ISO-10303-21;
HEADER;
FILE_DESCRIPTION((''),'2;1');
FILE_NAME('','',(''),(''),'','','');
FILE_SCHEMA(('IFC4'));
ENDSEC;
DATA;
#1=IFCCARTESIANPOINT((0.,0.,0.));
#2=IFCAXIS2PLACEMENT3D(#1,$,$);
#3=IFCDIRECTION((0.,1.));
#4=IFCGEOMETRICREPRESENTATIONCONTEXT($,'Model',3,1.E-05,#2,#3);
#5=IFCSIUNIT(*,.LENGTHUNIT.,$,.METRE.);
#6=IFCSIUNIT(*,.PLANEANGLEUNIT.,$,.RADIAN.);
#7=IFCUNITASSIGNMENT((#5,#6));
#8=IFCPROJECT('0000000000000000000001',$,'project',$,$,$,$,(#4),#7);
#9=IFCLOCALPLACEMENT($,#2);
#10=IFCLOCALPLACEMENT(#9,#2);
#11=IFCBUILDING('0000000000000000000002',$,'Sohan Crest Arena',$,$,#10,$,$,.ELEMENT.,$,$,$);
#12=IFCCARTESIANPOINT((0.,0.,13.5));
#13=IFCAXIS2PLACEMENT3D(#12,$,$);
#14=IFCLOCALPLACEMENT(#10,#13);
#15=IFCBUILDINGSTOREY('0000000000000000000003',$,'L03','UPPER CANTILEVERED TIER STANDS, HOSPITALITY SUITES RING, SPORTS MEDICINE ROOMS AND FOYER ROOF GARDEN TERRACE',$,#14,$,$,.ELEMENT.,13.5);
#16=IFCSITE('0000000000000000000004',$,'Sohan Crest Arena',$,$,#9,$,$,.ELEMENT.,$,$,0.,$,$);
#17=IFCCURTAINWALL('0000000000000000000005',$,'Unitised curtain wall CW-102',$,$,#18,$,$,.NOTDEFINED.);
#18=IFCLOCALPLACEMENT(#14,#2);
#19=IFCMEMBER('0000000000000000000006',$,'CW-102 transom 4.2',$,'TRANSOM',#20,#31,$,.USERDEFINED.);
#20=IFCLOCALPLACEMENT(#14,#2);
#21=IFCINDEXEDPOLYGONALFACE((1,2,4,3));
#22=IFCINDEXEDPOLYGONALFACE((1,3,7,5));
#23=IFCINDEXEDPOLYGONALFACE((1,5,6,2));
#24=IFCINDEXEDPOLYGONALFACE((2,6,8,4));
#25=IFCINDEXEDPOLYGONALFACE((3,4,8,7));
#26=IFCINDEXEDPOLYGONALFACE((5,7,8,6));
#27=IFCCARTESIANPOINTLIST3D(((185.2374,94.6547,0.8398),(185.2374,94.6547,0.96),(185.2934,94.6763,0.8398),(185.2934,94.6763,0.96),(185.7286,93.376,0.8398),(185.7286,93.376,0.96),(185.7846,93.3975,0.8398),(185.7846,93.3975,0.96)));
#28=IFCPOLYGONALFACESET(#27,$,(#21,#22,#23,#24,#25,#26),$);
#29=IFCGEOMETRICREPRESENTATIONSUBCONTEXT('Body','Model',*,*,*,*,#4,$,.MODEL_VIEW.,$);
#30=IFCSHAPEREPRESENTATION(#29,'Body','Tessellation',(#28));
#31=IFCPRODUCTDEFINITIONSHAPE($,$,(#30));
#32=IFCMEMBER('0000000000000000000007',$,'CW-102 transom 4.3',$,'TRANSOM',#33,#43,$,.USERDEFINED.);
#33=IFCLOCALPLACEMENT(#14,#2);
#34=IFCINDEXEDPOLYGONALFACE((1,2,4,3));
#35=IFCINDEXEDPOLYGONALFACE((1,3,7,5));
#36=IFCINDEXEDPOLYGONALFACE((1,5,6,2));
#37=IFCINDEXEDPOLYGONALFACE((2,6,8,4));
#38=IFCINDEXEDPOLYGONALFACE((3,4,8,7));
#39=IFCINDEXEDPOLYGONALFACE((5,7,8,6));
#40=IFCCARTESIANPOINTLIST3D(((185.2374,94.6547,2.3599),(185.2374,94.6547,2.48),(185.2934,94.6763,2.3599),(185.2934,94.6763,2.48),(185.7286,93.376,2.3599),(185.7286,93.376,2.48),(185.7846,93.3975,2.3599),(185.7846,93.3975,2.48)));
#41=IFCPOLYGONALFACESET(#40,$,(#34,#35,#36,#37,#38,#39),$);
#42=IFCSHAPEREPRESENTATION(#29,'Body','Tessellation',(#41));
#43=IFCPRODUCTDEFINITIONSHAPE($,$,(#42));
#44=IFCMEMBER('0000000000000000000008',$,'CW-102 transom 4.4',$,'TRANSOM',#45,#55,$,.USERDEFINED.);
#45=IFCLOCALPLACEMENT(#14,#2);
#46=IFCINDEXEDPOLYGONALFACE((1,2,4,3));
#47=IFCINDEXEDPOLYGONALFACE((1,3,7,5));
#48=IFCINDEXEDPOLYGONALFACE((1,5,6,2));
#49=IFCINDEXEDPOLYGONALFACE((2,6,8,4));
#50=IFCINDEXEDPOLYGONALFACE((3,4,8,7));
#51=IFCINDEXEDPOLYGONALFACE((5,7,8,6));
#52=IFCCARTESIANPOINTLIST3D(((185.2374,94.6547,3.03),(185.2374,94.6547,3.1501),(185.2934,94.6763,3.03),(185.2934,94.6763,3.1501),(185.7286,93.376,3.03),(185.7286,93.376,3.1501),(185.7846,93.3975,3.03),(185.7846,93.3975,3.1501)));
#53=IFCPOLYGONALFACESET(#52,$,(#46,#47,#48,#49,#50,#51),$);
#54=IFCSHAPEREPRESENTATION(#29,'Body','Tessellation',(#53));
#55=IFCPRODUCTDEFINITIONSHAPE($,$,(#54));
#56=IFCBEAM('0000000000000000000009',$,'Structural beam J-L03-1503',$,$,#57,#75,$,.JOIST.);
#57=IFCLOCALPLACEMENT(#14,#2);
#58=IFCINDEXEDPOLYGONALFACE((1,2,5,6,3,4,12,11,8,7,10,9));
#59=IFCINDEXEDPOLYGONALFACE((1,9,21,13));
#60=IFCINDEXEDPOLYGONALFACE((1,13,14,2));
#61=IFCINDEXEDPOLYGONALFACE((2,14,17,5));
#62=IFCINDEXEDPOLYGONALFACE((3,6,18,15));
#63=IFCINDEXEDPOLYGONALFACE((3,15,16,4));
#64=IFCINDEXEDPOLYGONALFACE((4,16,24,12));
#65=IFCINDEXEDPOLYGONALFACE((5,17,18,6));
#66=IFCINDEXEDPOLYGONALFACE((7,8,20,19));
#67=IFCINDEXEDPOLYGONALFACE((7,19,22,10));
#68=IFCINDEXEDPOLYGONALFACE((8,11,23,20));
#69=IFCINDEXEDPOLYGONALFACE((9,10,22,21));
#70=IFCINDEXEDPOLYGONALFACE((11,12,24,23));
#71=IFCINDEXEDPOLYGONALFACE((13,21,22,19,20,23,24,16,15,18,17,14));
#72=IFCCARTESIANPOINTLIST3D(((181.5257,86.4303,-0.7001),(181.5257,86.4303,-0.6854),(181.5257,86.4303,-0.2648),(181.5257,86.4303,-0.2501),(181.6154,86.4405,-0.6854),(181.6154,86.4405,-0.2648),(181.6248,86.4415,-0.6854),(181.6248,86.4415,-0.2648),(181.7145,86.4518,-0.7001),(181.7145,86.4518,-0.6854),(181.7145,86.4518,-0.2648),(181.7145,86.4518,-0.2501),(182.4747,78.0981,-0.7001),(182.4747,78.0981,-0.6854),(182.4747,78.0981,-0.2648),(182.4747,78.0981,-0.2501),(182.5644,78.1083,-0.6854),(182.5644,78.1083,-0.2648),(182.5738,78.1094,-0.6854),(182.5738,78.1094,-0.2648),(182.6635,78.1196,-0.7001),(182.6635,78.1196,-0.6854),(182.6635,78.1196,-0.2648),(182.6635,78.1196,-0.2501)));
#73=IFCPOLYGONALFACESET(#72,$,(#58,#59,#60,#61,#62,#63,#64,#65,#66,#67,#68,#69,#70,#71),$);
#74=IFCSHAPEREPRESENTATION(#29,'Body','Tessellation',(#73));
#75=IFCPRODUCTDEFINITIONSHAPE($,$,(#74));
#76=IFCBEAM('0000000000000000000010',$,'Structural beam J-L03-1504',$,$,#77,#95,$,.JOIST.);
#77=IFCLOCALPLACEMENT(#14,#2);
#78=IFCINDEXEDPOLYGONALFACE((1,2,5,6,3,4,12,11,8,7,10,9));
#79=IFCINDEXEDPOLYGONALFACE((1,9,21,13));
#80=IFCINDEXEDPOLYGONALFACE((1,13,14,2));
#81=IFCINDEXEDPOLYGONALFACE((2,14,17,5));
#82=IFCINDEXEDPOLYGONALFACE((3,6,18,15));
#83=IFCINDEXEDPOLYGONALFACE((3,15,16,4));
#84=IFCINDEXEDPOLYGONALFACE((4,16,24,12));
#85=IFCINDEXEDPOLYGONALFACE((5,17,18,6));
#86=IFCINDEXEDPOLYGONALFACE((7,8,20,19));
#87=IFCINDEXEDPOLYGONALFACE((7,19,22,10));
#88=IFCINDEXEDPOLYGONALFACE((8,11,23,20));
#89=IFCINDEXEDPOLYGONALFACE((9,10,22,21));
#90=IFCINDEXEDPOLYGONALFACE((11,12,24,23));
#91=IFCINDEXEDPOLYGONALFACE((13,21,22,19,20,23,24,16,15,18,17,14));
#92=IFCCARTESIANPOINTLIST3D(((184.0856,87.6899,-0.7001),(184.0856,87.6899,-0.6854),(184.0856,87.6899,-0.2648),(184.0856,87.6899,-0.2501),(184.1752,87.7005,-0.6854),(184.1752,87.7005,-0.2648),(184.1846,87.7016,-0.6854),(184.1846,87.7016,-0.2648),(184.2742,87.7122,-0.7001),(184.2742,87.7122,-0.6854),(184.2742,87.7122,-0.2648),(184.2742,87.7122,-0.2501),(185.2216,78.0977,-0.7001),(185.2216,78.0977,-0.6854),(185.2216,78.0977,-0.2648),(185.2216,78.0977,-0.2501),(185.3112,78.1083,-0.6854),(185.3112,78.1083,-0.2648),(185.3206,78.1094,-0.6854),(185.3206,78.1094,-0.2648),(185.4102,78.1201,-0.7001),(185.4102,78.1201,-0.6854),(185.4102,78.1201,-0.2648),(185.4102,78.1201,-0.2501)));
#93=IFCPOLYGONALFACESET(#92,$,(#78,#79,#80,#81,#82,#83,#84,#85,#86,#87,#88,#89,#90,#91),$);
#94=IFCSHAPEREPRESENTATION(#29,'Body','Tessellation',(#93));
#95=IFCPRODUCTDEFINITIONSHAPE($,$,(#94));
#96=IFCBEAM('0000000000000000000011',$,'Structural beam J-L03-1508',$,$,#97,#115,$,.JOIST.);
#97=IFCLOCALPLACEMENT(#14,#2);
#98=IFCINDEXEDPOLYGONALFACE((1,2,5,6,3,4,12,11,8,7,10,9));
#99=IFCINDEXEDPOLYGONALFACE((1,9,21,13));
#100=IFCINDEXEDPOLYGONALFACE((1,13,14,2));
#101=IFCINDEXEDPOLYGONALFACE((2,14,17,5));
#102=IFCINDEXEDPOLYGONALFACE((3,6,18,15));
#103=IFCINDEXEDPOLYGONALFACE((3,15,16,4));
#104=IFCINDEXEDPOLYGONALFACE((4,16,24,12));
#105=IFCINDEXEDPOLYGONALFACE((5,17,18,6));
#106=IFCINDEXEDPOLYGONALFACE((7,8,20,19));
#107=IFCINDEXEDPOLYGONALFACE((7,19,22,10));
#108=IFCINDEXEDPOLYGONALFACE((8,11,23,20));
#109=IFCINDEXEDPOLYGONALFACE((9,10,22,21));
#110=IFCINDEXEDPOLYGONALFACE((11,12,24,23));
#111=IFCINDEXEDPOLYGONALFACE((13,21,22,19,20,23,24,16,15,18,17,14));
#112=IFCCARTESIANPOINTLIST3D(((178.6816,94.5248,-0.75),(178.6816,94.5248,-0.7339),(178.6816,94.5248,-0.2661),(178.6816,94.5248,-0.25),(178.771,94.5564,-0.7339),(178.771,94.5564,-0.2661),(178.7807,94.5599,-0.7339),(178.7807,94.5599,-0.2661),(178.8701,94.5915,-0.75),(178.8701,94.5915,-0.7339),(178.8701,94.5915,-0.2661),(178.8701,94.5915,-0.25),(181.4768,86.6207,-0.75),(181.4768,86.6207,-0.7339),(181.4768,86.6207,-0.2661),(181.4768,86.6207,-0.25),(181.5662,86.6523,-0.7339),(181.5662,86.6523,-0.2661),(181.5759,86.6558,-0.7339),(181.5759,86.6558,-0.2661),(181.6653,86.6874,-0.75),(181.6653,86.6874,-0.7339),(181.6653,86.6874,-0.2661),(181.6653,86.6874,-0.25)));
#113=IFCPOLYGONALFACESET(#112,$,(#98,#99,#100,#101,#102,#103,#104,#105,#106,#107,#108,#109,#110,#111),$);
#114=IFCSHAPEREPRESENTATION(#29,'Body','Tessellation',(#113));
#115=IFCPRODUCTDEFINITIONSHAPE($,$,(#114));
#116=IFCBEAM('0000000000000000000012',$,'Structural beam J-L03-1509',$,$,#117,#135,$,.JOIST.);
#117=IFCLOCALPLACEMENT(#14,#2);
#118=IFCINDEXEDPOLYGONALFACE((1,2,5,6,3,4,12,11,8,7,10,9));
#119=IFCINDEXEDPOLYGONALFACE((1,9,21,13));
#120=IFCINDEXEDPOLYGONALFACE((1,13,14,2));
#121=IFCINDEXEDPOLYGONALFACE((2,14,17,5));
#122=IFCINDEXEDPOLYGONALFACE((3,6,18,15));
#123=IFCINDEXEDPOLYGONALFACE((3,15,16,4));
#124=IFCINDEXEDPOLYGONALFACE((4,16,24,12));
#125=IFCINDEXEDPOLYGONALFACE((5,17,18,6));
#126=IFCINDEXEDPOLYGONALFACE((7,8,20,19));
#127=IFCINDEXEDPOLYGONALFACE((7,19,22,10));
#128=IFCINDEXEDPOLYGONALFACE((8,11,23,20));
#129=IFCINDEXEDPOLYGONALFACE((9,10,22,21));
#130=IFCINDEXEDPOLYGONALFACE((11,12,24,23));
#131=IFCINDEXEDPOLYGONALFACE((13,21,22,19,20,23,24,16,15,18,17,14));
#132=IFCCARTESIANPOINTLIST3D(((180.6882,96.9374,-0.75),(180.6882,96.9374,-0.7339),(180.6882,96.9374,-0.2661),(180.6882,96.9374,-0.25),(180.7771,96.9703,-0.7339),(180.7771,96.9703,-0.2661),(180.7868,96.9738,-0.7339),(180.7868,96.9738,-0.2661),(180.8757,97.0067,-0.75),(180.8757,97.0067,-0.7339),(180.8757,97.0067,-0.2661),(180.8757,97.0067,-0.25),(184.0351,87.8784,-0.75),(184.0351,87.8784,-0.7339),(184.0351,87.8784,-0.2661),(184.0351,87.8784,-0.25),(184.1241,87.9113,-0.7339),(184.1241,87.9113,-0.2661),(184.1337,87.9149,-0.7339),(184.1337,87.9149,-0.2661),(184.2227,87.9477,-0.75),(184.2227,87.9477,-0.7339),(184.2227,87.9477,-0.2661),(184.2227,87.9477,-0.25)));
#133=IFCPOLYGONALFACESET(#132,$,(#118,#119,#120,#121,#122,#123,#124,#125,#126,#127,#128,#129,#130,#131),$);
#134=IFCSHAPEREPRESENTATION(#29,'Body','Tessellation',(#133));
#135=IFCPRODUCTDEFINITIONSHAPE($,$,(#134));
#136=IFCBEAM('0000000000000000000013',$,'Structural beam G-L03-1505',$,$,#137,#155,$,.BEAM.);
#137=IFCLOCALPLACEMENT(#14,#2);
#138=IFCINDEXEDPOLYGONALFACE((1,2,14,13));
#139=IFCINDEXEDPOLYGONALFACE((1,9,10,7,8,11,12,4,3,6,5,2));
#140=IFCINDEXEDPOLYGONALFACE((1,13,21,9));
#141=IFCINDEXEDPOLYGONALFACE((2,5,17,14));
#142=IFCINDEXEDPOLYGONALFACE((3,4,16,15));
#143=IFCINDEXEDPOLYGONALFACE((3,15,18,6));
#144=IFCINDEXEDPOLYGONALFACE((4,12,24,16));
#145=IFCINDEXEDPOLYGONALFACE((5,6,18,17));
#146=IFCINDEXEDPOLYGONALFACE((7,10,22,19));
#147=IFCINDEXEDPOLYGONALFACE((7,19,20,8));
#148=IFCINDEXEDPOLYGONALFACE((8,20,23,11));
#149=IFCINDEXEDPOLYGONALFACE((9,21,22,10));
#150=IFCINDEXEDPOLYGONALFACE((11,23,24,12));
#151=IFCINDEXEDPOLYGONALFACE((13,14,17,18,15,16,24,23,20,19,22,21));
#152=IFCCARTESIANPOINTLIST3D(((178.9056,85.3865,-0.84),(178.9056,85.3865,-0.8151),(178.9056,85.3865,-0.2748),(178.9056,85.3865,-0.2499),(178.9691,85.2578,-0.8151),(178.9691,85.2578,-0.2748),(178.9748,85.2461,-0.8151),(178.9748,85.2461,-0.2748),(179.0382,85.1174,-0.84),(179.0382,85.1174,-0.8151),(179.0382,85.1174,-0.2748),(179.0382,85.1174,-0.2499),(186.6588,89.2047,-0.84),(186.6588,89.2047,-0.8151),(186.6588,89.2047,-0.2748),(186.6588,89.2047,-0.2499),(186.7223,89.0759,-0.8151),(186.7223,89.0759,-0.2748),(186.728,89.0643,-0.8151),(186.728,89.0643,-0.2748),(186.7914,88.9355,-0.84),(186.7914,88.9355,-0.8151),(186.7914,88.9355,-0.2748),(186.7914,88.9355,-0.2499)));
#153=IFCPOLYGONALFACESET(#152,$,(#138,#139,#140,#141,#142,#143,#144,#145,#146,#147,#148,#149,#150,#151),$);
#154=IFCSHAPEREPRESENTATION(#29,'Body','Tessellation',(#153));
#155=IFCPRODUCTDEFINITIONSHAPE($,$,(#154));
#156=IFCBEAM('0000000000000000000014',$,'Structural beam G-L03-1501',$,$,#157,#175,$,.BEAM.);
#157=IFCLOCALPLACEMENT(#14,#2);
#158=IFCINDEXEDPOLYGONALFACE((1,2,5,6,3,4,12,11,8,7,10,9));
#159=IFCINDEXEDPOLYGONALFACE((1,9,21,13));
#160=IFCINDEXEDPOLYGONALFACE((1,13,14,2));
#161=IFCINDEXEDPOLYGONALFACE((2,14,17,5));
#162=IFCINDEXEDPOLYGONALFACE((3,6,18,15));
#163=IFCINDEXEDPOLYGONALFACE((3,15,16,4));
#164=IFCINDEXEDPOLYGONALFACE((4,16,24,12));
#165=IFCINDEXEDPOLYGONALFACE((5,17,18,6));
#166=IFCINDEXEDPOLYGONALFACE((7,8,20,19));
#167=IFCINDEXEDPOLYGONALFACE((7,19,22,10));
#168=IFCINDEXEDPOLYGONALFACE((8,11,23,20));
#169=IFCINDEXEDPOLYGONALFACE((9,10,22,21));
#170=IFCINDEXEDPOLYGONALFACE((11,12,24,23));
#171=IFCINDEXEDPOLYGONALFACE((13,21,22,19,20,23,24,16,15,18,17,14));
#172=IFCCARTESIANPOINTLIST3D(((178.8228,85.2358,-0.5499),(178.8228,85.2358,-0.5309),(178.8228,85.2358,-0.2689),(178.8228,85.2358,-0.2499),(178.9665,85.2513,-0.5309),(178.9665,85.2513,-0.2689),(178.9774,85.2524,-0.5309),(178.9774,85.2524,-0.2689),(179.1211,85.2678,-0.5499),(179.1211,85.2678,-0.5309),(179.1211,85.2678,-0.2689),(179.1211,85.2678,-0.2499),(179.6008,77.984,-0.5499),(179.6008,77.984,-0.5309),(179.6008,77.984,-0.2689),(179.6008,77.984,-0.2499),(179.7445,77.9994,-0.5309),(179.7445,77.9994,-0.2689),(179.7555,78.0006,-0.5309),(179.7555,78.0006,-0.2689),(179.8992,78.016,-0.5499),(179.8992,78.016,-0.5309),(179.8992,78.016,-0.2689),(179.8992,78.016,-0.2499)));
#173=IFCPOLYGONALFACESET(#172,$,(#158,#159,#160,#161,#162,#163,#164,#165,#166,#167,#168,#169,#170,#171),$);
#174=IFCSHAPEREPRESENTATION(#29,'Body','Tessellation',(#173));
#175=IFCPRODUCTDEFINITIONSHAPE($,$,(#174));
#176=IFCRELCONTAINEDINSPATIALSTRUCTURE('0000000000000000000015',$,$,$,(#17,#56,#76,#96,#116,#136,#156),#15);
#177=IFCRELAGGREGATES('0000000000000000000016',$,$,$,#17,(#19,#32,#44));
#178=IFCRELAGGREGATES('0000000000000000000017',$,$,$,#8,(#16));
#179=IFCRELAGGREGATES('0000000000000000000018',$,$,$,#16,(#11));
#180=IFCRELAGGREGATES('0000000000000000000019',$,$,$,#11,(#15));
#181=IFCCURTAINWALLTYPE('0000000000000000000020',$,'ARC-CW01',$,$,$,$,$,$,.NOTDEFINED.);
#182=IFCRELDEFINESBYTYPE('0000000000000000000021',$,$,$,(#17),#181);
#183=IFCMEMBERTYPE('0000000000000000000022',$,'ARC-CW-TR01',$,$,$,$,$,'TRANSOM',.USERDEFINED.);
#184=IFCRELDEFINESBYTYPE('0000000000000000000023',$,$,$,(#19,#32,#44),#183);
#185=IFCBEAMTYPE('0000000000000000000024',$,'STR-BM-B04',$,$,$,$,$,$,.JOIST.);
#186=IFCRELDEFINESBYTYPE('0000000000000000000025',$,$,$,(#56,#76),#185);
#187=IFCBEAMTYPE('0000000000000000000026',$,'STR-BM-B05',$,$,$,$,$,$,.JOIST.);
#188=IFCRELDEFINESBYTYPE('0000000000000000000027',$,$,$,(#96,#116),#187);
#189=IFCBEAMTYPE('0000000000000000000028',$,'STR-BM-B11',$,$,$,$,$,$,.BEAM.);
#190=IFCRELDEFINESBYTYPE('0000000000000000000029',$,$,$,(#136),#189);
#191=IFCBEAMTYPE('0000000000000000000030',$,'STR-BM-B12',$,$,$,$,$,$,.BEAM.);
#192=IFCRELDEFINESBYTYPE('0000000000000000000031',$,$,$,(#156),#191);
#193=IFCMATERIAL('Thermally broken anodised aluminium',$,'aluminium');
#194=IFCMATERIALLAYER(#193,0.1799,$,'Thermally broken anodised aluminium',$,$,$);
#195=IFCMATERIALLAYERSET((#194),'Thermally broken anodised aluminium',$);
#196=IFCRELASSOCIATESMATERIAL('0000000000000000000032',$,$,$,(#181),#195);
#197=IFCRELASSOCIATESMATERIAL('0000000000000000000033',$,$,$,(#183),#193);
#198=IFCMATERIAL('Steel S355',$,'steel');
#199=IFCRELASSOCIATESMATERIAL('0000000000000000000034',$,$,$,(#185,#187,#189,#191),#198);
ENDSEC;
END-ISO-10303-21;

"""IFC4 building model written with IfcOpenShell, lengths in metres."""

from ifc_helpers import new_model, si_unit, direction, frame, origin, origin_2d, place, context, subcontext, project, spatial, rectangle, i_section, extrude, material, layer, layer_set, material_profile, profile_set, type_object, element, aggregate, save


model = new_model("IFC4")

# Units and contexts
model_context = context("Model", 3, precision=1e-05, world=origin(), true_north=direction((0.0, 1.0)))
body_context = subcontext(model_context, "Body", "Model", "MODEL_VIEW")
ifc_project = project(units=[si_unit("LENGTHUNIT", "METRE"), si_unit("PLANEANGLEUNIT", "RADIAN")], contexts=[model_context])

# Site, building, storey
site_placement = place(None, origin())
site = spatial("IfcSite", under=ifc_project, at=site_placement, Name="Sohan Crest Arena", CompositionType="ELEMENT", RefElevation=0.0)
building_placement = place(site_placement, origin())
building = spatial("IfcBuilding", under=site, at=building_placement, Name="Sohan Crest Arena", CompositionType="ELEMENT")
storey_placement = place(building_placement, frame((0.0, 0.0, 13.5)))
storey = spatial("IfcBuildingStorey", under=building, at=storey_placement, Name="L03", Description="UPPER CANTILEVERED TIER STANDS, HOSPITALITY SUITES RING, SPORTS MEDICINE ROOMS AND FOYER ROOF GARDEN TERRACE", CompositionType="ELEMENT", Elevation=13.5)

# Shared definitions
ifc_material_1 = material(Name="Steel S355", Category="steel")

# Curtain wall, members
ifc_material_2 = material(Name="Thermally broken anodised aluminium", Category="aluminium")
ifc_layer_1 = layer(ifc_material_2, 0.1799, Name="Thermally broken anodised aluminium")
ifc_layer_set_1 = layer_set([ifc_layer_1], Name="Thermally broken anodised aluminium")
curtain_wall_type = type_object("IfcCurtainWallType", Name="ARC-CW01", PredefinedType="NOTDEFINED", material=ifc_layer_set_1)
curtain_wall_placement = place(storey_placement, origin())
curtain_wall = element("IfcCurtainWall", 1, at=curtain_wall_placement, inside=storey, type_object=curtain_wall_type, Name="Unitised curtain wall CW-102", PredefinedType="NOTDEFINED")
ifc_material_profile_1 = material_profile(ifc_material_2, rectangle(XDim=0.0601, YDim=0.1201, at=origin_2d()), Name="ALU-TRAN 60x120")
ifc_profile_set_1 = profile_set([ifc_material_profile_1], Name="Thermally broken anodised aluminium")
member_type_1 = type_object("IfcMemberType", Name="ARC-CW-TR01", ElementType="TRANSOM", PredefinedType="USERDEFINED", material=ifc_profile_set_1)
member_1_placement = place(storey_placement, frame((185.7566, 93.3867, 0.8999), z_axis=(-0.358573, 0.933502, 0.0), x_axis=(-0.933502, -0.358573, 0.0)))
member_1 = element("IfcMember", 2, at=member_1_placement, type_object=member_type_1, Name="CW-102 transom 4.2", ObjectType="TRANSOM", PredefinedType="USERDEFINED", context=body_context, shape_type="SweptSolid", body=[
    extrude(rectangle(XDim=0.0601, YDim=0.1201, at=origin_2d()), origin(), (0.0, 0.0, 1.0), 1.3699),
])
member_2_placement = place(storey_placement, frame((185.7566, 93.3867, 2.4199), z_axis=(-0.358573, 0.933502, 0.0), x_axis=(-0.933502, -0.358573, 0.0)))
member_2 = element("IfcMember", 3, at=member_2_placement, type_object=member_type_1, Name="CW-102 transom 4.3", ObjectType="TRANSOM", PredefinedType="USERDEFINED", context=body_context, shape_type="SweptSolid", body=[
    extrude(rectangle(XDim=0.0601, YDim=0.1201, at=origin_2d()), origin(), (0.0, 0.0, 1.0), 1.3699),
])
member_3_placement = place(storey_placement, frame((185.7566, 93.3867, 3.0901), z_axis=(-0.358573, 0.933502, 0.0), x_axis=(-0.933502, -0.358573, 0.0)))
member_3 = element("IfcMember", 4, at=member_3_placement, type_object=member_type_1, Name="CW-102 transom 4.4", ObjectType="TRANSOM", PredefinedType="USERDEFINED", context=body_context, shape_type="SweptSolid", body=[
    extrude(rectangle(XDim=0.0601, YDim=0.1201, at=origin_2d()), origin(), (0.0, 0.0, 1.0), 1.3699),
])

# Beams
ifc_material_profile_2 = material_profile(ifc_material_1, i_section(OverallWidth=0.1899, OverallDepth=0.45, WebThickness=0.0095, FlangeThickness=0.0146, at=origin_2d()), Name="IPE 450")
ifc_profile_set_2 = profile_set([ifc_material_profile_2], Name="Steel S355")
beam_type_1 = type_object("IfcBeamType", Name="STR-BM-B04", PredefinedType="JOIST", material=ifc_profile_set_2)
beam_1_placement = place(storey_placement, frame((182.5691, 78.1089, -0.4751), z_axis=(-0.113163, 0.993576, 0.0), x_axis=(-0.993576, -0.113163, 0.0)))
element("IfcBeam", 5, at=beam_1_placement, inside=storey, type_object=beam_type_1, Name="Structural beam J-L03-1503", PredefinedType="JOIST", context=body_context, shape_type="SweptSolid", body=[
    extrude(i_section(OverallWidth=0.1899, OverallDepth=0.45, WebThickness=0.0095, FlangeThickness=0.0146, at=origin_2d()), origin(), (0.0, 0.0, 1.0), 8.386),
])
beam_2_placement = place(storey_placement, frame((185.3159, 78.1089, -0.4751), z_axis=(-0.117608, 0.99306, 0.0), x_axis=(-0.99306, -0.117608, 0.0)))
element("IfcBeam", 6, at=beam_2_placement, inside=storey, type_object=beam_type_1, Name="Structural beam J-L03-1504", PredefinedType="JOIST", context=body_context, shape_type="SweptSolid", body=[
    extrude(i_section(OverallWidth=0.1899, OverallDepth=0.45, WebThickness=0.0095, FlangeThickness=0.0146, at=origin_2d()), origin(), (0.0, 0.0, 1.0), 9.6592),
])
ifc_material_profile_3 = material_profile(ifc_material_1, i_section(OverallWidth=0.2, OverallDepth=0.5, WebThickness=0.0103, FlangeThickness=0.0161, at=origin_2d()), Name="IPE 500")
ifc_profile_set_3 = profile_set([ifc_material_profile_3], Name="Steel S355")
beam_type_2 = type_object("IfcBeamType", Name="STR-BM-B05", PredefinedType="JOIST", material=ifc_profile_set_3)
beam_3_placement = place(storey_placement, frame((181.571, 86.6541, -0.5), z_axis=(-0.333403, 0.942784, 0.0), x_axis=(-0.942784, -0.333403, 0.0)))
element("IfcBeam", 7, at=beam_3_placement, inside=storey, type_object=beam_type_2, Name="Structural beam J-L03-1508", PredefinedType="JOIST", context=body_context, shape_type="SweptSolid", body=[
    extrude(i_section(OverallWidth=0.2, OverallDepth=0.5, WebThickness=0.0103, FlangeThickness=0.0161, at=origin_2d()), origin(), (0.0, 0.0, 1.0), 8.3838),
])
beam_4_placement = place(storey_placement, frame((184.1289, 87.9131, -0.5), z_axis=(-0.346567, 0.938025, 0.0), x_axis=(-0.938025, -0.346567, 0.0)))
element("IfcBeam", 8, at=beam_4_placement, inside=storey, type_object=beam_type_2, Name="Structural beam J-L03-1509", PredefinedType="JOIST", context=body_context, shape_type="SweptSolid", body=[
    extrude(i_section(OverallWidth=0.2, OverallDepth=0.5, WebThickness=0.0103, FlangeThickness=0.0161, at=origin_2d()), origin(), (0.0, 0.0, 1.0), 9.6575),
])
ifc_material_profile_4 = material_profile(ifc_material_1, i_section(OverallWidth=0.3, OverallDepth=0.5901, WebThickness=0.0129, FlangeThickness=0.0249, at=origin_2d()), Name="HEA 600")
ifc_profile_set_4 = profile_set([ifc_material_profile_4], Name="Steel S355")
beam_type_3 = type_object("IfcBeamType", Name="STR-BM-B11", PredefinedType="BEAM", material=ifc_profile_set_4)
beam_5_placement = place(storey_placement, frame((178.9719, 85.252, -0.5449), z_axis=(0.897117, 0.441793, 0.0), x_axis=(-0.441793, 0.897117, 0.0)))
element("IfcBeam", 9, at=beam_5_placement, inside=storey, type_object=beam_type_3, Name="Structural beam G-L03-1505", PredefinedType="BEAM", context=body_context, shape_type="SweptSolid", body=[
    extrude(i_section(OverallWidth=0.3, OverallDepth=0.5901, WebThickness=0.0129, FlangeThickness=0.0249, at=origin_2d()), origin(), (0.0, 0.0, 1.0), 8.6423),
])
ifc_material_profile_5 = material_profile(ifc_material_1, i_section(OverallWidth=0.3, OverallDepth=0.3, WebThickness=0.011, FlangeThickness=0.019, at=origin_2d()), Name="HEB 300")
ifc_profile_set_5 = profile_set([ifc_material_profile_5], Name="Steel S355")
beam_type_4 = type_object("IfcBeamType", Name="STR-BM-B12", PredefinedType="BEAM", material=ifc_profile_set_5)
beam_6_placement = place(storey_placement, frame((179.75, 78.0, -0.3999), z_axis=(-0.10668, 0.994293, 0.0), x_axis=(-0.994293, -0.10668, 0.0)))
element("IfcBeam", 10, at=beam_6_placement, inside=storey, type_object=beam_type_4, Name="Structural beam G-L03-1501", PredefinedType="BEAM", context=body_context, shape_type="SweptSolid", body=[
    extrude(i_section(OverallWidth=0.3, OverallDepth=0.3, WebThickness=0.011, FlangeThickness=0.019, at=origin_2d()), origin(), (0.0, 0.0, 1.0), 7.2935),
])

aggregate(curtain_wall, [member_1, member_2, member_3])

save(model, "model.ifc")
